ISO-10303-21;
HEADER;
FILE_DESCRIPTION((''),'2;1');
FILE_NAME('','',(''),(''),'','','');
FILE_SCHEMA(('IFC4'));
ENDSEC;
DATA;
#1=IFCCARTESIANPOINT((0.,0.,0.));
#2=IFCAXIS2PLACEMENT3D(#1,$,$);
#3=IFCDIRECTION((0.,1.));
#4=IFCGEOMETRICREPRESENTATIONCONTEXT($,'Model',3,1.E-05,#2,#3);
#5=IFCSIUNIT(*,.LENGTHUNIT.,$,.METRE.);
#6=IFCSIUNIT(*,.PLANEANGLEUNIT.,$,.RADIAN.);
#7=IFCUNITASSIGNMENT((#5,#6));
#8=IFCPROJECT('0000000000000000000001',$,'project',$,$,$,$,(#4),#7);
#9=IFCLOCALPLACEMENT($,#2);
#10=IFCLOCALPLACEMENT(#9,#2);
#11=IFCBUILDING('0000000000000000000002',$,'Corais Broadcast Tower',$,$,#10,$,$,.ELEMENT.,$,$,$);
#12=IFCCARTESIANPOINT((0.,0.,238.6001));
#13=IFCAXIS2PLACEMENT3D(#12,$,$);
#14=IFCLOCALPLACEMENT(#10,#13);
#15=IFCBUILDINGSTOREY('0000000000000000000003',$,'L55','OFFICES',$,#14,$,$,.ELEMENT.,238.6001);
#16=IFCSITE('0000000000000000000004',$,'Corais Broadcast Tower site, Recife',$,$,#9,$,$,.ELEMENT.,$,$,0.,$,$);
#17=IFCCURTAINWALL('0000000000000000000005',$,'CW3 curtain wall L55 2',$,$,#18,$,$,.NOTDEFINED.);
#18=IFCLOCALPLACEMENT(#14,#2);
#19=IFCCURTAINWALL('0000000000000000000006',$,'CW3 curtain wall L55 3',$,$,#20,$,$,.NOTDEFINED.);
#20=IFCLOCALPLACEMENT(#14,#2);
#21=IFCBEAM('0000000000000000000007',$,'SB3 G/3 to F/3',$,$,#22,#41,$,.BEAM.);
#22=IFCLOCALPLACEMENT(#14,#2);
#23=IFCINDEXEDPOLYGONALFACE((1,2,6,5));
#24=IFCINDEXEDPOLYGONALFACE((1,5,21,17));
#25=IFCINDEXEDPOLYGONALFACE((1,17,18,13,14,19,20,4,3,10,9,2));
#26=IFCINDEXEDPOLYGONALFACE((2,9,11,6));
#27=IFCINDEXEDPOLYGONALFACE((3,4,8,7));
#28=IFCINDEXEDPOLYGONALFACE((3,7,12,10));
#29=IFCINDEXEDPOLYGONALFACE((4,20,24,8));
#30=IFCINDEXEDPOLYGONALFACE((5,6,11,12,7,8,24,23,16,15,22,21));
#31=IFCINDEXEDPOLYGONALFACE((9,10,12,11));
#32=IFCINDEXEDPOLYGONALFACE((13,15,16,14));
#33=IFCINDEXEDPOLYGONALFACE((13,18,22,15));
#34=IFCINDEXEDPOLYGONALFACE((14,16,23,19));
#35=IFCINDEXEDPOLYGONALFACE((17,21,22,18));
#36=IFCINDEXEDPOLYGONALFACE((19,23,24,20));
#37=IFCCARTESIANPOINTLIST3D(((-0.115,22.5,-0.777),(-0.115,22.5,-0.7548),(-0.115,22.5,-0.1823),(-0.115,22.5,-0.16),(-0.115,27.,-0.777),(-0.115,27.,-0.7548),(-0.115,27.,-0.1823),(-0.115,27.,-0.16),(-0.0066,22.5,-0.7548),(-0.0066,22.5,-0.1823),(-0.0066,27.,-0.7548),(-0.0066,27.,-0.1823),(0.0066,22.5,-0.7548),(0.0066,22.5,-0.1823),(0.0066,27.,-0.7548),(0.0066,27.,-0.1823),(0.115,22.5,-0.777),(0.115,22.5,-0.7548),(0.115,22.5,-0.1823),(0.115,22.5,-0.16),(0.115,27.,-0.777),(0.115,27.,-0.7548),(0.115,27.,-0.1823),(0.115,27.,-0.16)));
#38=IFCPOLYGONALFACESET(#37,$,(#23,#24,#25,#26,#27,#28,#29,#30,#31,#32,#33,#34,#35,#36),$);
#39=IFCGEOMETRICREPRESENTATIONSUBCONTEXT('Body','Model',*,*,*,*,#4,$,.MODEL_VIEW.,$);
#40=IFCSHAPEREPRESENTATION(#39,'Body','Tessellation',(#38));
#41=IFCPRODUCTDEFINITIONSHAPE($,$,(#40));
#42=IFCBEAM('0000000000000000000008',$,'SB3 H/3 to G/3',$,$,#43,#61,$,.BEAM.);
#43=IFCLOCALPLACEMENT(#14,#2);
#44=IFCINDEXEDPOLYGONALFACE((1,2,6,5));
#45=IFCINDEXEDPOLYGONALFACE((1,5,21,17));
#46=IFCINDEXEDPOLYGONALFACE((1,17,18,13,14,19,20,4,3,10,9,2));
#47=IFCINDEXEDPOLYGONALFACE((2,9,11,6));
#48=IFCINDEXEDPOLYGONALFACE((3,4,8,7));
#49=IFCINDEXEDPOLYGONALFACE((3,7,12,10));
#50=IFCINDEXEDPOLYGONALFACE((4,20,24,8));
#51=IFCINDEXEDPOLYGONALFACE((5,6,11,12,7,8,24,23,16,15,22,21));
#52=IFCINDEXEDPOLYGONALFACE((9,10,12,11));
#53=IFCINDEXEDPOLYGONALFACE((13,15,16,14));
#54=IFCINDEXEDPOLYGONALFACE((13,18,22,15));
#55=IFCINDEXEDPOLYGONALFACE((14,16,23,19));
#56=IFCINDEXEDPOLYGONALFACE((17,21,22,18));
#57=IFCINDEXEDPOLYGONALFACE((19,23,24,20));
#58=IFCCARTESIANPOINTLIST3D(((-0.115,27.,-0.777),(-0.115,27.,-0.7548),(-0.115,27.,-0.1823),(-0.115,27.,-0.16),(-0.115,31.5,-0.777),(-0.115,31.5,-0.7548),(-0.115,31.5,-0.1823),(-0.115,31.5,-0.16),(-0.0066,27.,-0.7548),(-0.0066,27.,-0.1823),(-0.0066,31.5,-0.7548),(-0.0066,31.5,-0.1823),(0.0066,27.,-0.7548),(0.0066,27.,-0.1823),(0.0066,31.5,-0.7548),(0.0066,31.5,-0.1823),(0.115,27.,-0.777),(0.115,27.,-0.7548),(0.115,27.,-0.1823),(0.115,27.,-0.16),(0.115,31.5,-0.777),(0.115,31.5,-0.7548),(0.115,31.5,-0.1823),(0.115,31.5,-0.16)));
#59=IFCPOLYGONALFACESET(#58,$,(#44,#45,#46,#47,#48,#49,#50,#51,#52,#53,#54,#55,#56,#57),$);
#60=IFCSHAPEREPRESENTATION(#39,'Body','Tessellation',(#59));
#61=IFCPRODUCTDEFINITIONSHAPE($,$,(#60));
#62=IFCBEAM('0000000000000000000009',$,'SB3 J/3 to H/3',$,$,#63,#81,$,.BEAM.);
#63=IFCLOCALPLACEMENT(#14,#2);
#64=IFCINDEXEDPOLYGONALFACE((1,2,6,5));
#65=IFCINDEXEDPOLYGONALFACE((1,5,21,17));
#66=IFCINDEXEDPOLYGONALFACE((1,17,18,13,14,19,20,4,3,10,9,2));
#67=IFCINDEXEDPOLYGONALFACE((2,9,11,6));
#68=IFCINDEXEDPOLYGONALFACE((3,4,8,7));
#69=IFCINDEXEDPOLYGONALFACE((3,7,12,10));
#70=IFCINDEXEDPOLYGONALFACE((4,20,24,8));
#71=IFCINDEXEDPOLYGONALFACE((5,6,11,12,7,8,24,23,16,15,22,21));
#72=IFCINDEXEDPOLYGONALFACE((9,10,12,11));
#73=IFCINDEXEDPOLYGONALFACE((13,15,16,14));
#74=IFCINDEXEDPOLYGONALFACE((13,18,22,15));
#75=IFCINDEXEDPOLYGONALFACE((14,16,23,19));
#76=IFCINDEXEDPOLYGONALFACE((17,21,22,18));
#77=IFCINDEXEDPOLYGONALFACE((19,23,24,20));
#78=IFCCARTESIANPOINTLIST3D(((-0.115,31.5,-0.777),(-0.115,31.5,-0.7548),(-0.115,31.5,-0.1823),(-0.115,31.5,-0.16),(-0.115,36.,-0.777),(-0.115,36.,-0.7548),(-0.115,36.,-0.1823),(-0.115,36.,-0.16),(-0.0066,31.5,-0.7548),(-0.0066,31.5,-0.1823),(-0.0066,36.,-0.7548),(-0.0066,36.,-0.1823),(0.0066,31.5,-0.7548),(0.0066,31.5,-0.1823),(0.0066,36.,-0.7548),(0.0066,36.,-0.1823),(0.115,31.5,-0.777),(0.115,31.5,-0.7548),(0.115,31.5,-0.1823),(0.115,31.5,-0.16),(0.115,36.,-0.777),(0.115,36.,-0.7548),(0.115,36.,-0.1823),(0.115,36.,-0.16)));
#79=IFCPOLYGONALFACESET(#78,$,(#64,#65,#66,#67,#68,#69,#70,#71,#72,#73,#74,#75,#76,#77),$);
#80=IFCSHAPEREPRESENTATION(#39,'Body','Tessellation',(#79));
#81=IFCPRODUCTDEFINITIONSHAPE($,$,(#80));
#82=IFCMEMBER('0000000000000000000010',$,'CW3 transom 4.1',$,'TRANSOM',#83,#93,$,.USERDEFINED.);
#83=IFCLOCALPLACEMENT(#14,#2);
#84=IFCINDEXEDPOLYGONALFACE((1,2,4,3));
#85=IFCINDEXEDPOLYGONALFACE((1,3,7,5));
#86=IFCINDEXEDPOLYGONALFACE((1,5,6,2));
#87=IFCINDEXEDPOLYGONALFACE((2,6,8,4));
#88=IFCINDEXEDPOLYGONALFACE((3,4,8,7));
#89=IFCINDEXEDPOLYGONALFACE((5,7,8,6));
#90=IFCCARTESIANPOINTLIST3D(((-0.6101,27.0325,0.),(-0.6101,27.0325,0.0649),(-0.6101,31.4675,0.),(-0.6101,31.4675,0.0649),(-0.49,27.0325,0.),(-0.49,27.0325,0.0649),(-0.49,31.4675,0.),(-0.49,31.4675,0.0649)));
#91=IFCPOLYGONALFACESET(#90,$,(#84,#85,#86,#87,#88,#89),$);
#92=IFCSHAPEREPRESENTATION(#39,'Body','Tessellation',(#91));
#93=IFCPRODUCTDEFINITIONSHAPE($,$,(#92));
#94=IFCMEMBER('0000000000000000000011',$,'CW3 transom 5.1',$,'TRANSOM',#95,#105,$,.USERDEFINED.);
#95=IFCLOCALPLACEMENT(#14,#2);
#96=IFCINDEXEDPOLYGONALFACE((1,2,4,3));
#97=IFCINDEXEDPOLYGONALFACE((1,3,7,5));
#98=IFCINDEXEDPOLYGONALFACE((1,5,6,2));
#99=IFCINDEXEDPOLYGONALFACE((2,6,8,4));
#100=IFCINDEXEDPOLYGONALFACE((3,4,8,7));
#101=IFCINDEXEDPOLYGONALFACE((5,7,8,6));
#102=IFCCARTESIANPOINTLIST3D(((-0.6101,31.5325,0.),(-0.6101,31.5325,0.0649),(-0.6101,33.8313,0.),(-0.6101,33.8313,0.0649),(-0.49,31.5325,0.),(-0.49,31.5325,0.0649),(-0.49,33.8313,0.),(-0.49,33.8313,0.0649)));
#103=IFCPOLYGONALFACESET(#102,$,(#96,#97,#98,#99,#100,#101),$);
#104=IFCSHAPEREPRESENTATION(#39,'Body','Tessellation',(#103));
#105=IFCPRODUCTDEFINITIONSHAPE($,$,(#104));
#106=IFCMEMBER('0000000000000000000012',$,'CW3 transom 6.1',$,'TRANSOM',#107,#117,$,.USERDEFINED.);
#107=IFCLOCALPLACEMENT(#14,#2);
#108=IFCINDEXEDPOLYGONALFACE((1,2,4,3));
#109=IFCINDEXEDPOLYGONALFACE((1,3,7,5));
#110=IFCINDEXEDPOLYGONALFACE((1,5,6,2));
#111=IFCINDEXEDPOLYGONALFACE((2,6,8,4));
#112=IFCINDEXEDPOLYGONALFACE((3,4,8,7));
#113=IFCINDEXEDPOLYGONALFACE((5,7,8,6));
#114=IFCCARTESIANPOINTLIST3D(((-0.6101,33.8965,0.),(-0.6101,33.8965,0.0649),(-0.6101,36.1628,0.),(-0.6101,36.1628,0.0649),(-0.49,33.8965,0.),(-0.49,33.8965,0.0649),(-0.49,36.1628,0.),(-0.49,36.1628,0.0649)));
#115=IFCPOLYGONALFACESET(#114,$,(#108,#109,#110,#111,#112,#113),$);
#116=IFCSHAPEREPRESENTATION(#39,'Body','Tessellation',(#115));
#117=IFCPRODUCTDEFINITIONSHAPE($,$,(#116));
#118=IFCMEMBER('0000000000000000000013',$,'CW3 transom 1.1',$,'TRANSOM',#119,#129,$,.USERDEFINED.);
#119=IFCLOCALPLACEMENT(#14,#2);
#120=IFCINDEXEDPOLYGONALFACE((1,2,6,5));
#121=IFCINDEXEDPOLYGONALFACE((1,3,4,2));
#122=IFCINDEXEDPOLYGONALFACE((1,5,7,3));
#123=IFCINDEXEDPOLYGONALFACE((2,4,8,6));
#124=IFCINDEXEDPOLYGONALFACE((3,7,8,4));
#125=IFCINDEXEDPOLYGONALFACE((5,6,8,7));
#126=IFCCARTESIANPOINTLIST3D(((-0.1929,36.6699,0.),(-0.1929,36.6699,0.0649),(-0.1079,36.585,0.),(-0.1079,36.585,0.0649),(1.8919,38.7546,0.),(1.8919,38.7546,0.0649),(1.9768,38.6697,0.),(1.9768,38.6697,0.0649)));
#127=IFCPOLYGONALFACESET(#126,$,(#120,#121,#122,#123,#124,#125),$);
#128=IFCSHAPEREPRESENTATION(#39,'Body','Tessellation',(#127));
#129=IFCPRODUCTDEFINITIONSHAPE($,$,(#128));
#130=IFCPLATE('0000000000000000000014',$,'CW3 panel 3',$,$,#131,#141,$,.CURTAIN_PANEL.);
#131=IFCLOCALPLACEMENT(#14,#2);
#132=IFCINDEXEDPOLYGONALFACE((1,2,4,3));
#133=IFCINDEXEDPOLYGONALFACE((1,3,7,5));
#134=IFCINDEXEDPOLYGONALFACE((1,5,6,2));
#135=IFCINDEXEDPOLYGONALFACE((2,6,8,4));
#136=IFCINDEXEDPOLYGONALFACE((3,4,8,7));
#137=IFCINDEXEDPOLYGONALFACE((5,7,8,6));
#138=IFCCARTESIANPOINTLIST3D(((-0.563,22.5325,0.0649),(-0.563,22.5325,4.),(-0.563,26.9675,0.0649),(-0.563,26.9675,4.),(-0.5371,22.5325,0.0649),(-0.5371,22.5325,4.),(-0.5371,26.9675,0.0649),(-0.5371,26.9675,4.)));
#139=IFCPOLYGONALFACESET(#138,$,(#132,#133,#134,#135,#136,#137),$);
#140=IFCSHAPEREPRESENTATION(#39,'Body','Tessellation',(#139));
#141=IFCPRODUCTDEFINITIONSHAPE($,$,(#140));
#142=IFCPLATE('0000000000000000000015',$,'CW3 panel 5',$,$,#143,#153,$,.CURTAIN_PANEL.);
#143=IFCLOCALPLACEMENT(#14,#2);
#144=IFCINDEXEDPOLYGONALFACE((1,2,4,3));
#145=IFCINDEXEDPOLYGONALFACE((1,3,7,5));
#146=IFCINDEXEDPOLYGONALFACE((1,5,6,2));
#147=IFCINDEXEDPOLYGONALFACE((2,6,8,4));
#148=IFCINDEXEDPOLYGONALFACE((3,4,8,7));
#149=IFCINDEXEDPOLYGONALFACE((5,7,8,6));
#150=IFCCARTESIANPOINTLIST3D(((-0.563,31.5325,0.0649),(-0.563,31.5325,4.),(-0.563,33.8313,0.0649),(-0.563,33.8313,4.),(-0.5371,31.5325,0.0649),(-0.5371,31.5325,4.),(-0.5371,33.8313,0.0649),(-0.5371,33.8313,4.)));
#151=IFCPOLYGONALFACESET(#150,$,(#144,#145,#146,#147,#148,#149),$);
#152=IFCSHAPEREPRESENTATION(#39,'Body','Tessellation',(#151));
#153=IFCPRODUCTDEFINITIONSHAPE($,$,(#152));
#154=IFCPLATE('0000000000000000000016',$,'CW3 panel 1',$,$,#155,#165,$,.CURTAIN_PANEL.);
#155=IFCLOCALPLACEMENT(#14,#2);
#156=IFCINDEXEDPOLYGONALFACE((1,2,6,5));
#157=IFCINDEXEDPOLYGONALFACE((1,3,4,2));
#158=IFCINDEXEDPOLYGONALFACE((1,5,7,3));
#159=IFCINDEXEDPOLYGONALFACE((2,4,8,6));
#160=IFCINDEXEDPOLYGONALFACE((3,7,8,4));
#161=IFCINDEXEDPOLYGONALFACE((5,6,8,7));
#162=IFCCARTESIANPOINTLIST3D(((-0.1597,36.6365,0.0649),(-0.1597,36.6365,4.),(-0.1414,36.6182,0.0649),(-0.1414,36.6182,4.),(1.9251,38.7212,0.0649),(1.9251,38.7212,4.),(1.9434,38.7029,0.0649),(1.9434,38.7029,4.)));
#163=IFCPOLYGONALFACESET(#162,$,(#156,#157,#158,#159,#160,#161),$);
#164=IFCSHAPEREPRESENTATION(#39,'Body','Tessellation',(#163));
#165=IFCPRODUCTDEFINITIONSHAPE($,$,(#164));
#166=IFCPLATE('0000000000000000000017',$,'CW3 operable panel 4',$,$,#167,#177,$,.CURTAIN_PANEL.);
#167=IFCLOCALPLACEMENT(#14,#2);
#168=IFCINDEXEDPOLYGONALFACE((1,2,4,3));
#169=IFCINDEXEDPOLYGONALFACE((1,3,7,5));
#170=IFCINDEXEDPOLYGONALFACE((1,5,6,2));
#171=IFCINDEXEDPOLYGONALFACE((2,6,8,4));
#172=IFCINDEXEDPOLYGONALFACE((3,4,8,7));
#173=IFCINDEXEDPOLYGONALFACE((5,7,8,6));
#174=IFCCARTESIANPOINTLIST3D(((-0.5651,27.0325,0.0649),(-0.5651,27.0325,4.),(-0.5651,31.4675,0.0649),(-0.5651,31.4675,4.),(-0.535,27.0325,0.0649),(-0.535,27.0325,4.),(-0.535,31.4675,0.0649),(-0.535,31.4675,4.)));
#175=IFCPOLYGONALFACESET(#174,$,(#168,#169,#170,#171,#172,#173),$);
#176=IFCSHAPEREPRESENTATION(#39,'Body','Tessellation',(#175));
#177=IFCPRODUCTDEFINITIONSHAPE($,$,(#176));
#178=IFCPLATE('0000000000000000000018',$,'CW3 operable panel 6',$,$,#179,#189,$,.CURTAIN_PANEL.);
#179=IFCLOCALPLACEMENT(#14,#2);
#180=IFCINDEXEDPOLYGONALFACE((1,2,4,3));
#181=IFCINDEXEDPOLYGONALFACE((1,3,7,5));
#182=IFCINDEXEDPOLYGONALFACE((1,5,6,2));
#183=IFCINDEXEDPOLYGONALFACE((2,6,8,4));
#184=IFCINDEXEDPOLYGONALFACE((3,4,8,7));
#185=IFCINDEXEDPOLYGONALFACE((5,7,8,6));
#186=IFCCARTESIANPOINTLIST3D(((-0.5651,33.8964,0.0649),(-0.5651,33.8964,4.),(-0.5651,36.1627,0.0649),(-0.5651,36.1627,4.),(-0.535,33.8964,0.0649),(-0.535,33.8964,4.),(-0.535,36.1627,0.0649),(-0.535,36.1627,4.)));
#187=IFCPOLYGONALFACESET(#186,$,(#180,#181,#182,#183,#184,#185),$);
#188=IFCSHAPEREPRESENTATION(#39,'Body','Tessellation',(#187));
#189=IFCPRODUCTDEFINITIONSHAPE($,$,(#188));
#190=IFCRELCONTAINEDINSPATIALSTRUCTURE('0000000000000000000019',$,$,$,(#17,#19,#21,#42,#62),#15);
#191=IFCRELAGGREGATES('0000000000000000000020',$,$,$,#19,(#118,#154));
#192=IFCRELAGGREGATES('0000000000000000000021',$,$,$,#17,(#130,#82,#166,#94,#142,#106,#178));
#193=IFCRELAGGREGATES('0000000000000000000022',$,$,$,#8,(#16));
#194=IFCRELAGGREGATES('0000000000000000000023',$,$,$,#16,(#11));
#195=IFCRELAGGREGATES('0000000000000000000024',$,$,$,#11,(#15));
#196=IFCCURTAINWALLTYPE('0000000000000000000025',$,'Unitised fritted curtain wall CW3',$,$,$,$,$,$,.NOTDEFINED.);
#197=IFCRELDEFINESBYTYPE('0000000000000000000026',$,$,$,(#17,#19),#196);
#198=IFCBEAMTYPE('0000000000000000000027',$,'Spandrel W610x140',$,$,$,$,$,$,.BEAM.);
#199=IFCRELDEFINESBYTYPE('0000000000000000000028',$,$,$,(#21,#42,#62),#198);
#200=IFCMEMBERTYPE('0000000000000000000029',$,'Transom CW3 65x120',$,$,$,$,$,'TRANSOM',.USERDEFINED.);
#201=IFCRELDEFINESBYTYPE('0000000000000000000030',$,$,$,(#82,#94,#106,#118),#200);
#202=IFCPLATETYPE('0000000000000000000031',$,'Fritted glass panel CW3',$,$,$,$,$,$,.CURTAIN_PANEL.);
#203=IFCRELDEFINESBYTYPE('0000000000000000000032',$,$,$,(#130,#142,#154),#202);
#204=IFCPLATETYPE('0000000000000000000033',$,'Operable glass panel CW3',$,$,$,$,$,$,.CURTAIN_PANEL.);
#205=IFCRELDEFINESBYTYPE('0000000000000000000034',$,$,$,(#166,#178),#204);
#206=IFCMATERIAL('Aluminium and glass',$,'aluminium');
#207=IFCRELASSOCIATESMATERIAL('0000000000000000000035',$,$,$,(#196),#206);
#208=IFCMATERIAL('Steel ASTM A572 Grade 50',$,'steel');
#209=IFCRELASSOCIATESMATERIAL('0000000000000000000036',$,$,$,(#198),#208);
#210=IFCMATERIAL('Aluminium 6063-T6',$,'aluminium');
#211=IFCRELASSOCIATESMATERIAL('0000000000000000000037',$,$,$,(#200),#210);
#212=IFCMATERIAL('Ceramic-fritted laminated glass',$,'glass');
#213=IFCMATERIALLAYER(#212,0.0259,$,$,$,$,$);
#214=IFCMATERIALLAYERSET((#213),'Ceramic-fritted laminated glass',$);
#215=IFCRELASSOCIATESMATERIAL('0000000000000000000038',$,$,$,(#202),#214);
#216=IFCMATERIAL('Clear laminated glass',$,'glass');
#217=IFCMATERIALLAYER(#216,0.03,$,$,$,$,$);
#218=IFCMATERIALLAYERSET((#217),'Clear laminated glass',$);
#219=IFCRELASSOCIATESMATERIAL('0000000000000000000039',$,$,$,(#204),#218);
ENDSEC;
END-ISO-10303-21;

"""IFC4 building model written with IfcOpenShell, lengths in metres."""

from ifc_helpers import new_model, si_unit, direction, frame, origin, origin_2d, place, context, subcontext, project, spatial, rectangle, i_section, extrude, material, layer, layer_set, material_profile, profile_set, type_object, element, aggregate, save


model = new_model("IFC4")

# Units and contexts
model_context = context("Model", 3, precision=1e-05, world=origin(), true_north=direction((0.0, 1.0)))
body_context = subcontext(model_context, "Body", "Model", "MODEL_VIEW")
ifc_project = project(units=[si_unit("LENGTHUNIT", "METRE"), si_unit("PLANEANGLEUNIT", "RADIAN")], contexts=[model_context])

# Site, building, storey
site_placement = place(None, origin())
site = spatial("IfcSite", under=ifc_project, at=site_placement, Name="Corais Broadcast Tower site, Recife", CompositionType="ELEMENT", RefElevation=0.0)
building_placement = place(site_placement, origin())
building = spatial("IfcBuilding", under=site, at=building_placement, Name="Corais Broadcast Tower", CompositionType="ELEMENT")
storey_placement = place(building_placement, frame((0.0, 0.0, 238.6001)))
storey = spatial("IfcBuildingStorey", under=building, at=storey_placement, Name="L55", Description="OFFICES", CompositionType="ELEMENT", Elevation=238.6001)

# Curtain wall
ifc_material_1 = material(Name="Aluminium and glass", Category="aluminium")
curtain_wall_type = type_object("IfcCurtainWallType", Name="Unitised fritted curtain wall CW3", PredefinedType="NOTDEFINED", material=ifc_material_1)
curtain_wall_1_placement = place(storey_placement, origin())
curtain_wall_1 = element("IfcCurtainWall", 1, at=curtain_wall_1_placement, inside=storey, type_object=curtain_wall_type, Name="CW3 curtain wall L55 2", PredefinedType="NOTDEFINED")

# Curtain wall
curtain_wall_2_placement = place(storey_placement, origin())
curtain_wall_2 = element("IfcCurtainWall", 2, at=curtain_wall_2_placement, inside=storey, type_object=curtain_wall_type, Name="CW3 curtain wall L55 3", PredefinedType="NOTDEFINED")

# Beams
ifc_material_2 = material(Name="Steel ASTM A572 Grade 50", Category="steel")
ifc_material_profile_1 = material_profile(ifc_material_2, i_section(OverallWidth=0.23, OverallDepth=0.6169, WebThickness=0.0132, FlangeThickness=0.0222, at=origin_2d()), Name="W610x140")
ifc_profile_set_1 = profile_set([ifc_material_profile_1], Name="Steel ASTM A572 Grade 50")
beam_type_1 = type_object("IfcBeamType", Name="Spandrel W610x140", PredefinedType="BEAM", material=ifc_profile_set_1)
for number, where, z_axis, x_axis, name in (
    (3, (0.0, 27.0, -0.4685), (0.0, -1.0, 0.0), (1.0, 0.0, 0.0), "SB3 G/3 to F/3"),
    (4, (0.0, 31.5, -0.4685), (0.0, -1.0, 0.0), (1.0, 0.0, 0.0), "SB3 H/3 to G/3"),
    (5, (0.0, 36.0, -0.4685), (0.0, -1.0, 0.0), (1.0, 0.0, 0.0), "SB3 J/3 to H/3"),
):
    element("IfcBeam", number, at=place(storey_placement, frame(where, z_axis=z_axis, x_axis=x_axis)), inside=storey, type_object=beam_type_1, Name=name, PredefinedType="BEAM", context=body_context, shape_type="SweptSolid", body=[
        extrude(i_section(OverallWidth=0.23, OverallDepth=0.6169, WebThickness=0.0132, FlangeThickness=0.0222, at=origin_2d()), origin(), (0.0, 0.0, 1.0), 4.5),
    ])

# Members
ifc_material_3 = material(Name="Aluminium 6063-T6", Category="aluminium")
ifc_material_profile_2 = material_profile(ifc_material_3, rectangle(XDim=0.1201, YDim=0.0649, at=origin_2d()), Name="Transom CW3 65x120")
ifc_profile_set_2 = profile_set([ifc_material_profile_2], Name="Aluminium 6063-T6")
member_type_1 = type_object("IfcMemberType", Name="Transom CW3 65x120", ElementType="TRANSOM", PredefinedType="USERDEFINED", material=ifc_profile_set_2)
member_1_placement = place(storey_placement, frame((-0.55, 27.0325, 0.0325), z_axis=(0.0, 1.0, 0.0), x_axis=(-1.0, 0.0, 0.0)))
member_1 = element("IfcMember", 6, at=member_1_placement, type_object=member_type_1, Name="CW3 transom 4.1", ObjectType="TRANSOM", PredefinedType="USERDEFINED", context=body_context, shape_type="SweptSolid", body=[
    extrude(rectangle(XDim=0.1201, YDim=0.0649, at=origin_2d()), origin(), (0.0, 0.0, 1.0), 4.4351),
])
member_2_placement = place(storey_placement, frame((-0.55, 31.5325, 0.0325), z_axis=(0.0, 1.0, 0.0), x_axis=(-1.0, 0.0, 0.0)))
member_2 = element("IfcMember", 7, at=member_2_placement, type_object=member_type_1, Name="CW3 transom 5.1", ObjectType="TRANSOM", PredefinedType="USERDEFINED", context=body_context, shape_type="SweptSolid", body=[
    extrude(rectangle(XDim=0.1201, YDim=0.0649, at=origin_2d()), origin(), (0.0, 0.0, 1.0), 2.2988),
])
member_3_placement = place(storey_placement, frame((-0.55, 33.8965, 0.0325), z_axis=(0.0, 1.0, 0.0), x_axis=(-1.0, 0.0, 0.0)))
member_3 = element("IfcMember", 8, at=member_3_placement, type_object=member_type_1, Name="CW3 transom 6.1", ObjectType="TRANSOM", PredefinedType="USERDEFINED", context=body_context, shape_type="SweptSolid", body=[
    extrude(rectangle(XDim=0.1201, YDim=0.0649, at=origin_2d()), origin(), (0.0, 0.0, 1.0), 2.2664),
])
member_4_placement = place(storey_placement, frame((-0.1504, 36.6274, 0.0325), z_axis=(0.707107, 0.707107, 0.0), x_axis=(-0.707107, 0.707107, 0.0)))
member_4 = element("IfcMember", 9, at=member_4_placement, type_object=member_type_1, Name="CW3 transom 1.1", ObjectType="TRANSOM", PredefinedType="USERDEFINED", context=body_context, shape_type="SweptSolid", body=[
    extrude(rectangle(XDim=0.1201, YDim=0.0649, at=origin_2d()), origin(), (0.0, 0.0, 1.0), 2.9482),
])

# Plates
ifc_material_4 = material(Name="Ceramic-fritted laminated glass", Category="glass")
ifc_layer_1 = layer(ifc_material_4, 0.0259)
ifc_layer_set_1 = layer_set([ifc_layer_1], Name="Ceramic-fritted laminated glass")
plate_type_1 = type_object("IfcPlateType", Name="Fritted glass panel CW3", PredefinedType="CURTAIN_PANEL", material=ifc_layer_set_1)
plate_1_placement = place(storey_placement, frame((-0.55, 24.75, 0.0649), z_axis=(0.0, 0.0, 1.0), x_axis=(0.0, 1.0, 0.0)))
plate_1 = element("IfcPlate", 10, at=plate_1_placement, type_object=plate_type_1, Name="CW3 panel 3", PredefinedType="CURTAIN_PANEL", context=body_context, shape_type="SweptSolid", body=[
    extrude(rectangle(XDim=4.4351, YDim=0.0259, at=origin_2d()), origin(), (0.0, 0.0, 1.0), 3.9351),
])
plate_2_placement = place(storey_placement, frame((-0.55, 32.6819, 0.0649), z_axis=(0.0, 0.0, 1.0), x_axis=(0.0, 1.0, 0.0)))
plate_2 = element("IfcPlate", 11, at=plate_2_placement, type_object=plate_type_1, Name="CW3 panel 5", PredefinedType="CURTAIN_PANEL", context=body_context, shape_type="SweptSolid", body=[
    extrude(rectangle(XDim=2.2988, YDim=0.0259, at=origin_2d()), origin(), (0.0, 0.0, 1.0), 3.9351),
])
plate_3_placement = place(storey_placement, frame((0.8918, 37.6697, 0.0649), z_axis=(0.0, 0.0, 1.0), x_axis=(0.707107, 0.707107, 0.0)))
plate_3 = element("IfcPlate", 12, at=plate_3_placement, type_object=plate_type_1, Name="CW3 panel 1", PredefinedType="CURTAIN_PANEL", context=body_context, shape_type="SweptSolid", body=[
    extrude(rectangle(XDim=2.9482, YDim=0.0259, at=origin_2d()), origin(), (0.0, 0.0, 1.0), 3.9351),
])
aggregate(curtain_wall_2, [member_4, plate_3])
ifc_material_5 = material(Name="Clear laminated glass", Category="glass")
ifc_layer_2 = layer(ifc_material_5, 0.03)
ifc_layer_set_2 = layer_set([ifc_layer_2], Name="Clear laminated glass")
plate_type_2 = type_object("IfcPlateType", Name="Operable glass panel CW3", PredefinedType="CURTAIN_PANEL", material=ifc_layer_set_2)
plate_4_placement = place(storey_placement, frame((-0.55, 29.25, 0.0649), z_axis=(0.0, 0.0, 1.0), x_axis=(0.0, 1.0, 0.0)))
plate_4 = element("IfcPlate", 13, at=plate_4_placement, type_object=plate_type_2, Name="CW3 operable panel 4", PredefinedType="CURTAIN_PANEL", context=body_context, shape_type="SweptSolid", body=[
    extrude(rectangle(XDim=4.4351, YDim=0.03, at=origin_2d()), origin(), (0.0, 0.0, 1.0), 3.9351),
])
plate_5_placement = place(storey_placement, frame((-0.55, 35.0295, 0.0649), z_axis=(0.0, 0.0, 1.0), x_axis=(0.0, 1.0, 0.0)))
plate_5 = element("IfcPlate", 14, at=plate_5_placement, type_object=plate_type_2, Name="CW3 operable panel 6", PredefinedType="CURTAIN_PANEL", context=body_context, shape_type="SweptSolid", body=[
    extrude(rectangle(XDim=2.2664, YDim=0.03, at=origin_2d()), origin(), (0.0, 0.0, 1.0), 3.9351),
])
aggregate(curtain_wall_1, [plate_1, member_1, plate_4, member_2, plate_2, member_3, plate_5])

save(model, "model.ifc")
